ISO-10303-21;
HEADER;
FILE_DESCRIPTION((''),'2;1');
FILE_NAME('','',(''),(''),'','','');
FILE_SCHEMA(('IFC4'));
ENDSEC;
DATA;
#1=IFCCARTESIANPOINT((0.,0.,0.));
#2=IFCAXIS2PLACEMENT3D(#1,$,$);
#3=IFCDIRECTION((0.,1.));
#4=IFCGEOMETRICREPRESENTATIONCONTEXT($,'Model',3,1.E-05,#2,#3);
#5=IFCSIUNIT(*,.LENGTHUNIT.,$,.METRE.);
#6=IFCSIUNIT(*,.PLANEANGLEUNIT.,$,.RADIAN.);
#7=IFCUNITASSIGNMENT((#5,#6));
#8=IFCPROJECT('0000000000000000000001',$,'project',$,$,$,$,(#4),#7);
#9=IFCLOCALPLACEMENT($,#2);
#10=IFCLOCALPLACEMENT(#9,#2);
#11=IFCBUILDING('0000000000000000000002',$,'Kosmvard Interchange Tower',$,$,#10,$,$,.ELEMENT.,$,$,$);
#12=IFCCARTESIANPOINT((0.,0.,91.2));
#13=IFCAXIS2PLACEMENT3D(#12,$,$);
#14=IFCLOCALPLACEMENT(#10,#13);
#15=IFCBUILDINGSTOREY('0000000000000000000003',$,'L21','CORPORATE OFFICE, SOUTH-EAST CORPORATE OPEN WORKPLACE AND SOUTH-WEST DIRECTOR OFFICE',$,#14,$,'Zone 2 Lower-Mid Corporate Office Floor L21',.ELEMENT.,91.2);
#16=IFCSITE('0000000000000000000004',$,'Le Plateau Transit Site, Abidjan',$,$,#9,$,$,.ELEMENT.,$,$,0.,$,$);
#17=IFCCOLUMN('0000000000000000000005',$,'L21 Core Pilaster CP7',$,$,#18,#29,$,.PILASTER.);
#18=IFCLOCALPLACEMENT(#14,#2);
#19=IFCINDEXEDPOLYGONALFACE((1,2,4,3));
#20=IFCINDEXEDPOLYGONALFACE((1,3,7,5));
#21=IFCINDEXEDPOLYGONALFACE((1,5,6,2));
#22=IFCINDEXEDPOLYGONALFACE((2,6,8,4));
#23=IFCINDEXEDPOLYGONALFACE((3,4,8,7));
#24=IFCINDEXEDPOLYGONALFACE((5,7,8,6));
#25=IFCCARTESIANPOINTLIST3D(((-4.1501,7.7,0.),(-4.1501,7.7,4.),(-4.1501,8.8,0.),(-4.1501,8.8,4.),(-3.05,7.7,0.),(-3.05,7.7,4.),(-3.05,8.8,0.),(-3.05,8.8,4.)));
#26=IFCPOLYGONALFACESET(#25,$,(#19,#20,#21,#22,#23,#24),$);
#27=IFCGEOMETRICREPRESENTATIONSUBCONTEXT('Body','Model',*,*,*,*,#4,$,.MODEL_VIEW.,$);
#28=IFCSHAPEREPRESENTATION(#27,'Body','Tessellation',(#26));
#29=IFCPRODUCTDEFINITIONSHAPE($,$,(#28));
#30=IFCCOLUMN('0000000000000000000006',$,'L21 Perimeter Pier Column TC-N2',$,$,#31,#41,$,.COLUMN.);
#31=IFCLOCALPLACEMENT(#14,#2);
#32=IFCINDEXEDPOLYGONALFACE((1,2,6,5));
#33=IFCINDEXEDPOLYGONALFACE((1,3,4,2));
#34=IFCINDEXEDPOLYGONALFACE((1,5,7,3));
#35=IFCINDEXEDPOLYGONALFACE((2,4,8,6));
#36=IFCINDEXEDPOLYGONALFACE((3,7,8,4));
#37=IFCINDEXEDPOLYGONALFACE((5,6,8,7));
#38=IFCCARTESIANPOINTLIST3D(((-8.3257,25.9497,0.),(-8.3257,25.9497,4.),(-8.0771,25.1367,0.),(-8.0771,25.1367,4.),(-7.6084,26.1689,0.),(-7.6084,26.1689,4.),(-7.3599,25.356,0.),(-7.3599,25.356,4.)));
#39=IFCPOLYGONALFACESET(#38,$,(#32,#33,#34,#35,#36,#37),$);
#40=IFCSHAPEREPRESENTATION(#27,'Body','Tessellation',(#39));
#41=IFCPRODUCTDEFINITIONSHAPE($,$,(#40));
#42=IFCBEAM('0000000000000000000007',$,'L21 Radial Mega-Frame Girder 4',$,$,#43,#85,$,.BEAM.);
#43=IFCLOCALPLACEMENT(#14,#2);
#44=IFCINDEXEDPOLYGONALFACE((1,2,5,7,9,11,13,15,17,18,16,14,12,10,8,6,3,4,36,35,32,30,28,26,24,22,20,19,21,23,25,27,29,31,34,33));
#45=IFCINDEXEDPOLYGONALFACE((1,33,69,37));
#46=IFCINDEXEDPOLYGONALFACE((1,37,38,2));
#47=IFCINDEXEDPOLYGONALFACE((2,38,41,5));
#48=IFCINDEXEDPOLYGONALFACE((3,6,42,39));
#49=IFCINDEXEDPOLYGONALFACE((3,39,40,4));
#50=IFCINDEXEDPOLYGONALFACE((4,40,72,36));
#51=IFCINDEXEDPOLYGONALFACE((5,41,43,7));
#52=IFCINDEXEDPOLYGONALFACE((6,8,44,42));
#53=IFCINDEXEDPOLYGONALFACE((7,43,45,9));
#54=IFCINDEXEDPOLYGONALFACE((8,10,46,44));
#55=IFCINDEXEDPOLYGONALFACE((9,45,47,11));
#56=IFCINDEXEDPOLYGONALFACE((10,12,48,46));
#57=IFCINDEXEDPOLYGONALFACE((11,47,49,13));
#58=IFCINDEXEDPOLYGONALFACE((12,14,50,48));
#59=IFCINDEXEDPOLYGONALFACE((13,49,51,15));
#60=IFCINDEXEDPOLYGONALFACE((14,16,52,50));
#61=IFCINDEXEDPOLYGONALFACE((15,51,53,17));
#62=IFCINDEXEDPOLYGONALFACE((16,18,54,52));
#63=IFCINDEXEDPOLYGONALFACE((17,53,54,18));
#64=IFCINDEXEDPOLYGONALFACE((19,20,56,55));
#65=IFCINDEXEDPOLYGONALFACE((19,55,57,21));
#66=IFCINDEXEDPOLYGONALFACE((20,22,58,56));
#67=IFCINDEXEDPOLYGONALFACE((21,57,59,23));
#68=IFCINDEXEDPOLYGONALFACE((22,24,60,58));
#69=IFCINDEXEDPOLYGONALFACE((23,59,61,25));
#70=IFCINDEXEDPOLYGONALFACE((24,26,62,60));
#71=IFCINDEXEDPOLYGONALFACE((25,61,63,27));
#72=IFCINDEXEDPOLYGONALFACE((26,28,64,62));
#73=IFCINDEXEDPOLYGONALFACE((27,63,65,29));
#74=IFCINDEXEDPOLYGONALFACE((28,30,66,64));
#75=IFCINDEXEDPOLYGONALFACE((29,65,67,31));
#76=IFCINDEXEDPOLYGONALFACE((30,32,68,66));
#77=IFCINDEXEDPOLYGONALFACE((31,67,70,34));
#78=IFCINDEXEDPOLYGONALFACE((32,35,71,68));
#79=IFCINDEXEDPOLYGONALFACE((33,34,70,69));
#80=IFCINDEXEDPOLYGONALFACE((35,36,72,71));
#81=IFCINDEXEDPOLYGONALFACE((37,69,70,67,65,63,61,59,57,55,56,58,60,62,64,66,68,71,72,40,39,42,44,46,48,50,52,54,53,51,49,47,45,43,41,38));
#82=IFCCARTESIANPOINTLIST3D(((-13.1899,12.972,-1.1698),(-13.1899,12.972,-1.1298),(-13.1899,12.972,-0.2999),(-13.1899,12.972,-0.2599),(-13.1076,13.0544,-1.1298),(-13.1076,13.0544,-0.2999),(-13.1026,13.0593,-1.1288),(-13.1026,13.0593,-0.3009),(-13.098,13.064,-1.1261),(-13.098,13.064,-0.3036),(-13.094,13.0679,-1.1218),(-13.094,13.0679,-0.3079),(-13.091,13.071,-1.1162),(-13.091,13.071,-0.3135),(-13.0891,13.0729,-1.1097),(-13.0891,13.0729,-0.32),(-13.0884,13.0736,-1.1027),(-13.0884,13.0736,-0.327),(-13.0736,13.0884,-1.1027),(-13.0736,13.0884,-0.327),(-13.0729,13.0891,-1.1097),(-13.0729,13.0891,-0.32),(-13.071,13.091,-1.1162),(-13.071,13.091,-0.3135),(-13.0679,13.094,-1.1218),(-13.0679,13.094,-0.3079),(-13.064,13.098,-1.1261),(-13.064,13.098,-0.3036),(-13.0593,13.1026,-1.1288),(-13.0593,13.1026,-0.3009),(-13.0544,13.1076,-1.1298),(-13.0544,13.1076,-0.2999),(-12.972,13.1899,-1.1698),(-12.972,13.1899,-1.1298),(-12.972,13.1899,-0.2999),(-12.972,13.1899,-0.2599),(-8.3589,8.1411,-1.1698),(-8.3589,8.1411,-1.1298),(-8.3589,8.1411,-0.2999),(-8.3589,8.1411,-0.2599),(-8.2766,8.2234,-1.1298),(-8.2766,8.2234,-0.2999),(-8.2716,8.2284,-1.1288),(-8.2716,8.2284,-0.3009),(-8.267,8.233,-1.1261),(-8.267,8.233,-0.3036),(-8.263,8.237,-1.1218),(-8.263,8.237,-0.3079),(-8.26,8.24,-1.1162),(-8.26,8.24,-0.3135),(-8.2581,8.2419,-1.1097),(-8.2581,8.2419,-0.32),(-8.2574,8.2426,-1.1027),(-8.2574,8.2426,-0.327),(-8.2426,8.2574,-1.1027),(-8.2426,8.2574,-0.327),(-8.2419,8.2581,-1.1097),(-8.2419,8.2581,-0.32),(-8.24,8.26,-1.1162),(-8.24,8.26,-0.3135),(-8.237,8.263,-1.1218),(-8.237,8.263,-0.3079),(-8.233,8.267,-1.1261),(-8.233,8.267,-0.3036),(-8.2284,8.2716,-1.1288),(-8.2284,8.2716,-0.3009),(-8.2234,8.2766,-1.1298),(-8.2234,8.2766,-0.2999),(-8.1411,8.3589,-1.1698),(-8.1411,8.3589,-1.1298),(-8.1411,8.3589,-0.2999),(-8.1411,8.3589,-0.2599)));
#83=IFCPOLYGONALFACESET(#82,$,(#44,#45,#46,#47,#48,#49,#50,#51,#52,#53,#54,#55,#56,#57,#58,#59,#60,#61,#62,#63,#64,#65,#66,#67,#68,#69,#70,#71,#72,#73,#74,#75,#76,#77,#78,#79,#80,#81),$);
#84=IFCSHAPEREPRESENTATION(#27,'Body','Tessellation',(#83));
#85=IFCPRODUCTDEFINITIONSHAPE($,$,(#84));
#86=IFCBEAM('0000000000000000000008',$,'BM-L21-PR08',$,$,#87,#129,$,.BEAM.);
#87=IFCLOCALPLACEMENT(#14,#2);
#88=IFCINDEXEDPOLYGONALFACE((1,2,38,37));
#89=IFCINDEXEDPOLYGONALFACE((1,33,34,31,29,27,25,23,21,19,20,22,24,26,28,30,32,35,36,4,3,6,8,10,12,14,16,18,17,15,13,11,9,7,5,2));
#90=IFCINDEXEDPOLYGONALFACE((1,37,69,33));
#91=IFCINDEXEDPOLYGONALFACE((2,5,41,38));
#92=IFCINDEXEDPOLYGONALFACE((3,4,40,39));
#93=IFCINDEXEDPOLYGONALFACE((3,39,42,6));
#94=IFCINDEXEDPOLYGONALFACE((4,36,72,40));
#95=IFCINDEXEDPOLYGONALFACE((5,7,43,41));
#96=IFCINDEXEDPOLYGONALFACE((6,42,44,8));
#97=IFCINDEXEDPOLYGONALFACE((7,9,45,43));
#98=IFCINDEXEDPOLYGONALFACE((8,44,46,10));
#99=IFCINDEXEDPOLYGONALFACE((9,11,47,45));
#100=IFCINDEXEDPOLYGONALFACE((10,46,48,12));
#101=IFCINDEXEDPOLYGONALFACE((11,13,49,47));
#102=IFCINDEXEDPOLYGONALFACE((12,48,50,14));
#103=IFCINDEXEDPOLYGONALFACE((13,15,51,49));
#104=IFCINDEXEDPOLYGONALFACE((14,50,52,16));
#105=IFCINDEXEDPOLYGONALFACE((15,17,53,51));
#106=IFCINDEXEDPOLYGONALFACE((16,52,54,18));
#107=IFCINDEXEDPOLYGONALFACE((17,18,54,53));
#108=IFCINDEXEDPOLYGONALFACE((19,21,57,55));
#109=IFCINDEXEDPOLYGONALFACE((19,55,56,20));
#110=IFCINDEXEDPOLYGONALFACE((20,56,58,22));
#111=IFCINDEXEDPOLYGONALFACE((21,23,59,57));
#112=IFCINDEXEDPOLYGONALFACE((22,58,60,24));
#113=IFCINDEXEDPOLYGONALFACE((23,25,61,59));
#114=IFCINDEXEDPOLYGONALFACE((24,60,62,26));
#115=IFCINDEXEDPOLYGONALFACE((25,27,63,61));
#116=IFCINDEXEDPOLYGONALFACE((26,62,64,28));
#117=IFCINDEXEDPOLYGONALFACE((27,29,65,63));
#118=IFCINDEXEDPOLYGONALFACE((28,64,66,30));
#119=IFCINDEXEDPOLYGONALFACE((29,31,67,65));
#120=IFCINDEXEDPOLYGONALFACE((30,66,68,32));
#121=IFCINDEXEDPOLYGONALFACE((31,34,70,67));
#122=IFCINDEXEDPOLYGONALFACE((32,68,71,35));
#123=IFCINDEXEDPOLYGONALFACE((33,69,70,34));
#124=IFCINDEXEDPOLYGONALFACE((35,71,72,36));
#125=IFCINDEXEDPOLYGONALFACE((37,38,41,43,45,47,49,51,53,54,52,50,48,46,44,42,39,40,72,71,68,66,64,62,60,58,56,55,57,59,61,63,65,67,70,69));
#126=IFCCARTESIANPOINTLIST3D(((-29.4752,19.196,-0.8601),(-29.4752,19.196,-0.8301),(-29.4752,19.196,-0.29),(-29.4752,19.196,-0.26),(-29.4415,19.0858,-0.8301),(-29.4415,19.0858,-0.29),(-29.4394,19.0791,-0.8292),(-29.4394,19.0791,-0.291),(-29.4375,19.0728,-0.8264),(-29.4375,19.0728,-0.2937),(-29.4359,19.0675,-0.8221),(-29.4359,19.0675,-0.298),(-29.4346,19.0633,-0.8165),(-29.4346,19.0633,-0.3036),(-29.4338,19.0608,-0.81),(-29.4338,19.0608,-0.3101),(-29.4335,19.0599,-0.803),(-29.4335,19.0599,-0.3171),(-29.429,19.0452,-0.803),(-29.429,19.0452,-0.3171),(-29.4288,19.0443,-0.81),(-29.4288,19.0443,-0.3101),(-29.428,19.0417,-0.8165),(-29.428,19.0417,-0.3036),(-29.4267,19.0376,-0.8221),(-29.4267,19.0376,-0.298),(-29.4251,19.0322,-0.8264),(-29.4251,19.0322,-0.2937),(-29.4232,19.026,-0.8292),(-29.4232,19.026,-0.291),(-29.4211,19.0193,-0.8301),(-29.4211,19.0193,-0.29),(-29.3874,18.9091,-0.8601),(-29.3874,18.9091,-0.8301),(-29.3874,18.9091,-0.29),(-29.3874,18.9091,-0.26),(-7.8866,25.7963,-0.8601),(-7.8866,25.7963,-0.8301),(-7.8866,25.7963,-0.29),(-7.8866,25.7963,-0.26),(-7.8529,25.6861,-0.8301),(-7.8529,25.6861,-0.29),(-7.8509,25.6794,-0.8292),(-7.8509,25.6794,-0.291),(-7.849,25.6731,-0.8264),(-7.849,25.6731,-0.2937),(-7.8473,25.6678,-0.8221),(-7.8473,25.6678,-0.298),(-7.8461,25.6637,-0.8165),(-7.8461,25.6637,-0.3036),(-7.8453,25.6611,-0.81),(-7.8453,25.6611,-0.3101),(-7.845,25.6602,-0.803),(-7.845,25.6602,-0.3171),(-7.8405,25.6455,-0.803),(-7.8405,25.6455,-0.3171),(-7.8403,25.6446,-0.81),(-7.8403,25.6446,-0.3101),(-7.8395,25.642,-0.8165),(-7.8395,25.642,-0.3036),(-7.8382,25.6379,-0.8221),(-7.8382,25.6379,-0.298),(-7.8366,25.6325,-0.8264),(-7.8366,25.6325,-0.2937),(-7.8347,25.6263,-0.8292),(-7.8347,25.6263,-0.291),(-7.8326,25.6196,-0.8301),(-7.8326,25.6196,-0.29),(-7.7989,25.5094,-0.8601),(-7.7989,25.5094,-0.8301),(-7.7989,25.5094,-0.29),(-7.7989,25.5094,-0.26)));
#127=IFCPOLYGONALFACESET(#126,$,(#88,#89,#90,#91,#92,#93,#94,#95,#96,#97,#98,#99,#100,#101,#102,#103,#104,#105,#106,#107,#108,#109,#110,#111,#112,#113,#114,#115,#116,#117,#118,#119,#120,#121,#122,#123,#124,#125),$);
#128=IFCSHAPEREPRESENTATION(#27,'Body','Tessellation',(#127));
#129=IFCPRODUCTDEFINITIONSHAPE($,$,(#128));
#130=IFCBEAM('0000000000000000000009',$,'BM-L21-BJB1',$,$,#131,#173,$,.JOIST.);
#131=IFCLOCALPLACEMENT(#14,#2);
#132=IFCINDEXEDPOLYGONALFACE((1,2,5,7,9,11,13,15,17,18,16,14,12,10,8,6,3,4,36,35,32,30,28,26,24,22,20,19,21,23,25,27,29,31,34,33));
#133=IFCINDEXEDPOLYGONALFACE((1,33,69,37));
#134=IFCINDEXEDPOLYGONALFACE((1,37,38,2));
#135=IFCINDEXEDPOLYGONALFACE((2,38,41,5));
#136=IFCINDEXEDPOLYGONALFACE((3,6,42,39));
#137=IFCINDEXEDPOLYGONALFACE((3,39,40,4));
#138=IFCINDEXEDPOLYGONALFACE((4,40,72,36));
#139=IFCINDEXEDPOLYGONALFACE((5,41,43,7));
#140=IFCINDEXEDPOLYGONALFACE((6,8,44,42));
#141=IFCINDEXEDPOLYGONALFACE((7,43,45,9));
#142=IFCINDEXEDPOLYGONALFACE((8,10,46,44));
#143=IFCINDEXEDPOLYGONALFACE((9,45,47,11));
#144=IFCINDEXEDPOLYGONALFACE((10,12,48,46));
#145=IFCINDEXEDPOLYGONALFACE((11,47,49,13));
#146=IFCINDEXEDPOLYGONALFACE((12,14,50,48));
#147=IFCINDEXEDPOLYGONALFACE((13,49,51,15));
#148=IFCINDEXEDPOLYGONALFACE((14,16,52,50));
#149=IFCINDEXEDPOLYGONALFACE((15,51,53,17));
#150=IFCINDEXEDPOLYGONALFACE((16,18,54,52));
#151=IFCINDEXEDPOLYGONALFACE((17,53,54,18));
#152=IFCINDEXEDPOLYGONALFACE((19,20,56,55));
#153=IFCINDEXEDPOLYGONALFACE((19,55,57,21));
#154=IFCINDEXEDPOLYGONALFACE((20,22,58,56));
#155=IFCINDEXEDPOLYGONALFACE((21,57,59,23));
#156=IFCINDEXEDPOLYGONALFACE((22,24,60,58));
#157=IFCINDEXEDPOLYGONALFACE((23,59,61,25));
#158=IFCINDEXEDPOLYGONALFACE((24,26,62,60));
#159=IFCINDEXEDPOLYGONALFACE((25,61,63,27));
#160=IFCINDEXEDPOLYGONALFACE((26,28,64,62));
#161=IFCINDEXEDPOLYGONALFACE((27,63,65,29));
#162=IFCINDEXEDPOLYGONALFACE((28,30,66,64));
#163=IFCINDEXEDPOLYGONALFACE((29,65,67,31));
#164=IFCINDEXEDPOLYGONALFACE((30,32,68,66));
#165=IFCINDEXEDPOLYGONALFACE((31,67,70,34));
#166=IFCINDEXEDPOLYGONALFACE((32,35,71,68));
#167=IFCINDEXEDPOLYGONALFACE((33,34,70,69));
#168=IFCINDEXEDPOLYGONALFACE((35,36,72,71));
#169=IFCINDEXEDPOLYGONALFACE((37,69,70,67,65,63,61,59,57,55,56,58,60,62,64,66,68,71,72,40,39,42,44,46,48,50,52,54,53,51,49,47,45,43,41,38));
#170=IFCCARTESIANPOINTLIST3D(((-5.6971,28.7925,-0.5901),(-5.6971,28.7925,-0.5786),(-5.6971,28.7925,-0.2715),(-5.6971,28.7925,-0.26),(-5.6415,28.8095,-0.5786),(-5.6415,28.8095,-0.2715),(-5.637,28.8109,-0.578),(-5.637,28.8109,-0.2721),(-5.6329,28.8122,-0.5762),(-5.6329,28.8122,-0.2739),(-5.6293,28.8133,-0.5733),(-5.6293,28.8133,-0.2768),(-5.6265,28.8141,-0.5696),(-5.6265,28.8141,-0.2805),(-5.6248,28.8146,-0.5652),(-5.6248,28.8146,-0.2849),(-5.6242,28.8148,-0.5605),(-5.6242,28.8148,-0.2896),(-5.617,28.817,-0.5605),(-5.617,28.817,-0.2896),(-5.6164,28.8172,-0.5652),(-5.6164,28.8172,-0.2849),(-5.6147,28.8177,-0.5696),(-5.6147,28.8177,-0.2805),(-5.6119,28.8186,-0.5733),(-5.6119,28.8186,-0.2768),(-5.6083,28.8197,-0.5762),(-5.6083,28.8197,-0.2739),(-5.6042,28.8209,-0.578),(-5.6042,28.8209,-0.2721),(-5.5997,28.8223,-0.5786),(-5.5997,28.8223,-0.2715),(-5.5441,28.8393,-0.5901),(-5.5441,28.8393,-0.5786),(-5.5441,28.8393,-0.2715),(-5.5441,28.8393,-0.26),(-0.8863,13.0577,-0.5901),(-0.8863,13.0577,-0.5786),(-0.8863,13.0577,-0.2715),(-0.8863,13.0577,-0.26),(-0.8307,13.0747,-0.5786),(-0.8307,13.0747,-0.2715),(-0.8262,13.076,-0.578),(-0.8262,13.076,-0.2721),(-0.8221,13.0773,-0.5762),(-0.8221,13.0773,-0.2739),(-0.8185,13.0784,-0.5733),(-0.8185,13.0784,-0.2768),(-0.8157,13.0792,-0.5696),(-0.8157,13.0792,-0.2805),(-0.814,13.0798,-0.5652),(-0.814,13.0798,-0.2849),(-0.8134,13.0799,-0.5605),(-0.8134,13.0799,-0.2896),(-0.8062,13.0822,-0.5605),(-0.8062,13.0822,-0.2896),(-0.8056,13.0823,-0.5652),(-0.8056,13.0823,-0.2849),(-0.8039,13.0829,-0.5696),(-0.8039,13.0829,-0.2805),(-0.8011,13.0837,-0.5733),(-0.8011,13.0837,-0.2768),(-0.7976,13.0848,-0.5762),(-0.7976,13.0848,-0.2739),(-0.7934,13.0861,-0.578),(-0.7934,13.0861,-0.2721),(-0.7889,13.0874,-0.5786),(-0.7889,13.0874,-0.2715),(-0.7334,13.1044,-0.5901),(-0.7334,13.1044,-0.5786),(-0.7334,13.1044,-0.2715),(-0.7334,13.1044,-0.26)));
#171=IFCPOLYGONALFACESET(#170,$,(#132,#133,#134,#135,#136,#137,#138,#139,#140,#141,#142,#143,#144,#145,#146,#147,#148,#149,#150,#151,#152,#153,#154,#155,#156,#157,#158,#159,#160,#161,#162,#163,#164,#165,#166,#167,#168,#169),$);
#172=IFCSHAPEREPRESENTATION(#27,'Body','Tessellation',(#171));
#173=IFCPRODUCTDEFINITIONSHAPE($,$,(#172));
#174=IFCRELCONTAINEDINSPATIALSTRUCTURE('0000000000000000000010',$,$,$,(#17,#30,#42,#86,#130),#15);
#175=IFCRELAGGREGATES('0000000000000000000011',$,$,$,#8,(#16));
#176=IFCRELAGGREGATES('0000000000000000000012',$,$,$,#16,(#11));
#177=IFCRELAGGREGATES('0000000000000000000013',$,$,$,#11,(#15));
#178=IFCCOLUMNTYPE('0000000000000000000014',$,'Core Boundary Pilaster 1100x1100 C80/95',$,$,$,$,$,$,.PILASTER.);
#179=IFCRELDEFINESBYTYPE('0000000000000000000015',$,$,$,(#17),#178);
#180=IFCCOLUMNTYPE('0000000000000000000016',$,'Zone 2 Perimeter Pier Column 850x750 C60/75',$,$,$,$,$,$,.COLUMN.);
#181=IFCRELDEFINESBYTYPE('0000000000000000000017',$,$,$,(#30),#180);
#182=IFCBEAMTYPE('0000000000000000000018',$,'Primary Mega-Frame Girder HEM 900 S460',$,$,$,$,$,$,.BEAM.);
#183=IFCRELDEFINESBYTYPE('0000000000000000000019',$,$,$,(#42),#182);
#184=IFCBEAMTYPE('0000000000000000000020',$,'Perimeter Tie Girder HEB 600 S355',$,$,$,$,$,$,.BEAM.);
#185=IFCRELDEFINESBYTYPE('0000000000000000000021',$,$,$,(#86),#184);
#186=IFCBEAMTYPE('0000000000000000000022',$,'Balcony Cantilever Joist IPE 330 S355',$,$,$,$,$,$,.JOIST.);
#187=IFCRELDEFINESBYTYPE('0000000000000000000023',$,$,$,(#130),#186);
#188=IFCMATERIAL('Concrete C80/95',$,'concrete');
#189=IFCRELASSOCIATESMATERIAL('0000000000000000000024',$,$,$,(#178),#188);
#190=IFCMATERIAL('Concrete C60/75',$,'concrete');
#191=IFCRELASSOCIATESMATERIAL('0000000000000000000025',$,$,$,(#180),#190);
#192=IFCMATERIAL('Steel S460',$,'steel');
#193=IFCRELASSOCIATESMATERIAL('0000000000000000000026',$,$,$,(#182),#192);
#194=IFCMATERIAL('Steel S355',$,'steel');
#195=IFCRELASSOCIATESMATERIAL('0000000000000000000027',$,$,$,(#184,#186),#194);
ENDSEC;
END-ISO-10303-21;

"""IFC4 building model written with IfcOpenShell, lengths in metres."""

from ifc_helpers import new_model, si_unit, direction, frame, origin, origin_2d, place, context, subcontext, project, spatial, rectangle, i_section, extrude, source, transform, mapped, material, material_profile, profile_set, type_object, element, save


model = new_model("IFC4")

# Units and contexts
model_context = context("Model", 3, precision=1e-05, world=origin(), true_north=direction((0.0, 1.0)))
body_context = subcontext(model_context, "Body", "Model", "MODEL_VIEW")
ifc_project = project(units=[si_unit("LENGTHUNIT", "METRE"), si_unit("PLANEANGLEUNIT", "RADIAN")], contexts=[model_context])

# Site, building, storey
site_placement = place(None, origin())
site = spatial("IfcSite", under=ifc_project, at=site_placement, Name="Le Plateau Transit Site, Abidjan", CompositionType="ELEMENT", RefElevation=0.0)
building_placement = place(site_placement, origin())
building = spatial("IfcBuilding", under=site, at=building_placement, Name="Kosmvard Interchange Tower", CompositionType="ELEMENT")
storey_placement = place(building_placement, frame((0.0, 0.0, 91.2)))
storey = spatial("IfcBuildingStorey", under=building, at=storey_placement, Name="L21", Description="CORPORATE OFFICE, SOUTH-EAST CORPORATE OPEN WORKPLACE AND SOUTH-WEST DIRECTOR OFFICE", LongName="Zone 2 Lower-Mid Corporate Office Floor L21", CompositionType="ELEMENT", Elevation=91.2)

# Columns
ifc_material_1 = material(Name="Concrete C80/95", Category="concrete")
ifc_material_profile_1 = material_profile(ifc_material_1, rectangle(XDim=1.1001, YDim=1.1001, at=origin_2d()), Name="CP 1100x1100")
ifc_profile_set_1 = profile_set([ifc_material_profile_1], Name="Concrete C80/95")
column_type_1 = type_object("IfcColumnType", Name="Core Boundary Pilaster 1100x1100 C80/95", PredefinedType="PILASTER", material=ifc_profile_set_1)
shared_shape_1 = source(origin(), body_context, "Body", "SweptSolid", [
    extrude(rectangle(XDim=1.1001, YDim=1.1001, at=origin_2d()), origin(), (0.0, 0.0, 1.0), 4.0),
])
column_1_placement = place(storey_placement, frame((-3.6001, 8.25, 0.0), z_axis=(0.0, 0.0, 1.0), x_axis=(1.0, 0.0, 0.0)))
element("IfcColumn", 1, at=column_1_placement, inside=storey, type_object=column_type_1, Name="L21 Core Pilaster CP7", PredefinedType="PILASTER", context=body_context, shape_type="MappedRepresentation", body=[
    mapped(shared_shape_1, transform((0.0, 0.0, 0.0), scale=1.0)),
])
ifc_material_2 = material(Name="Concrete C60/75", Category="concrete")
ifc_material_profile_2 = material_profile(ifc_material_2, rectangle(XDim=0.75, YDim=0.8501, at=origin_2d()), Name="TC 850x750")
ifc_profile_set_2 = profile_set([ifc_material_profile_2], Name="Concrete C60/75")
column_type_2 = type_object("IfcColumnType", Name="Zone 2 Perimeter Pier Column 850x750 C60/75", PredefinedType="COLUMN", material=ifc_profile_set_2)
shared_shape_2 = source(origin(), body_context, "Body", "SweptSolid", [
    extrude(rectangle(XDim=0.75, YDim=0.8501, at=origin_2d()), origin(), (0.0, 0.0, 1.0), 4.0),
])
column_2_placement = place(storey_placement, frame((-7.8428, 25.6528, 0.0), z_axis=(0.0, 0.0, 1.0), x_axis=(0.956305, 0.292372, 0.0)))
element("IfcColumn", 2, at=column_2_placement, inside=storey, type_object=column_type_2, Name="L21 Perimeter Pier Column TC-N2", PredefinedType="COLUMN", context=body_context, shape_type="MappedRepresentation", body=[
    mapped(shared_shape_2, transform((0.0, 0.0, 0.0), scale=1.0)),
])

# Beams
ifc_material_3 = material(Name="Steel S460", Category="steel")
ifc_material_profile_3 = material_profile(ifc_material_3, i_section(OverallWidth=0.3081, OverallDepth=0.9099, WebThickness=0.021, FlangeThickness=0.04, FilletRadius=0.0271, at=origin_2d()), Name="HEM 900")
ifc_profile_set_3 = profile_set([ifc_material_profile_3], Name="Steel S460")
beam_type_1 = type_object("IfcBeamType", Name="Primary Mega-Frame Girder HEM 900 S460", PredefinedType="BEAM", material=ifc_profile_set_3)
shared_shape_3 = source(origin(), body_context, "Body", "SweptSolid", [
    extrude(i_section(OverallWidth=0.3081, OverallDepth=0.9099, WebThickness=0.021, FlangeThickness=0.04, FilletRadius=0.0271, at=origin_2d()), origin(), (0.0, 0.0, 1.0), 6.832),
])
beam_1_placement = place(storey_placement, frame((-8.25, 8.25, -0.7148), z_axis=(-0.707107, 0.707107, 0.0), x_axis=(-0.707107, -0.707107, 0.0)))
element("IfcBeam", 3, at=beam_1_placement, inside=storey, type_object=beam_type_1, Name="L21 Radial Mega-Frame Girder 4", PredefinedType="BEAM", context=body_context, shape_type="MappedRepresentation", body=[
    mapped(shared_shape_3, transform((0.0, 0.0, 0.0), scale=1.0)),
])
ifc_material_4 = material(Name="Steel S355", Category="steel")
ifc_material_profile_4 = material_profile(ifc_material_4, i_section(OverallWidth=0.3, OverallDepth=0.6001, WebThickness=0.0154, FlangeThickness=0.03, FilletRadius=0.0271, at=origin_2d()), Name="HEB 600")
ifc_profile_set_4 = profile_set([ifc_material_profile_4], Name="Steel S355")
beam_type_2 = type_object("IfcBeamType", Name="Perimeter Tie Girder HEB 600 S355", PredefinedType="BEAM", material=ifc_profile_set_4)
shared_shape_4 = source(origin(), body_context, "Body", "SweptSolid", [
    extrude(i_section(OverallWidth=0.3, OverallDepth=0.6001, WebThickness=0.0154, FlangeThickness=0.03, FilletRadius=0.0271, at=origin_2d()), origin(), (0.0, 0.0, 1.0), 22.575),
])
beam_2_placement = place(storey_placement, frame((-7.8428, 25.6528, -0.5601), z_axis=(-0.956304, -0.292373, 0.0), x_axis=(0.292373, -0.956304, 0.0)))
element("IfcBeam", 4, at=beam_2_placement, inside=storey, type_object=beam_type_2, Name="BM-L21-PR08", PredefinedType="BEAM", context=body_context, shape_type="MappedRepresentation", body=[
    mapped(shared_shape_4, transform((0.0, 0.0, 0.0), scale=1.0)),
])
ifc_material_profile_5 = material_profile(ifc_material_4, i_section(OverallWidth=0.1599, OverallDepth=0.3301, WebThickness=0.0076, FlangeThickness=0.0115, FilletRadius=0.0181, at=origin_2d()), Name="IPE 330")
ifc_profile_set_5 = profile_set([ifc_material_profile_5], Name="Steel S355")
beam_type_3 = type_object("IfcBeamType", Name="Balcony Cantilever Joist IPE 330 S355", PredefinedType="JOIST", material=ifc_profile_set_5)
shared_shape_5 = source(origin(), body_context, "Body", "SweptSolid", [
    extrude(i_section(OverallWidth=0.1599, OverallDepth=0.3301, WebThickness=0.0076, FlangeThickness=0.0115, FilletRadius=0.0181, at=origin_2d()), origin(), (0.0, 0.0, 1.0), 16.4539),
])
beam_3_placement = place(storey_placement, frame((-0.8098, 13.0811, -0.425), z_axis=(-0.292381, 0.956302, 0.0), x_axis=(-0.956302, -0.292381, 0.0)))
element("IfcBeam", 5, at=beam_3_placement, inside=storey, type_object=beam_type_3, Name="BM-L21-BJB1", PredefinedType="JOIST", context=body_context, shape_type="MappedRepresentation", body=[
    mapped(shared_shape_5, transform((0.0, 0.0, 0.0), scale=1.0)),
])

save(model, "model.ifc")
